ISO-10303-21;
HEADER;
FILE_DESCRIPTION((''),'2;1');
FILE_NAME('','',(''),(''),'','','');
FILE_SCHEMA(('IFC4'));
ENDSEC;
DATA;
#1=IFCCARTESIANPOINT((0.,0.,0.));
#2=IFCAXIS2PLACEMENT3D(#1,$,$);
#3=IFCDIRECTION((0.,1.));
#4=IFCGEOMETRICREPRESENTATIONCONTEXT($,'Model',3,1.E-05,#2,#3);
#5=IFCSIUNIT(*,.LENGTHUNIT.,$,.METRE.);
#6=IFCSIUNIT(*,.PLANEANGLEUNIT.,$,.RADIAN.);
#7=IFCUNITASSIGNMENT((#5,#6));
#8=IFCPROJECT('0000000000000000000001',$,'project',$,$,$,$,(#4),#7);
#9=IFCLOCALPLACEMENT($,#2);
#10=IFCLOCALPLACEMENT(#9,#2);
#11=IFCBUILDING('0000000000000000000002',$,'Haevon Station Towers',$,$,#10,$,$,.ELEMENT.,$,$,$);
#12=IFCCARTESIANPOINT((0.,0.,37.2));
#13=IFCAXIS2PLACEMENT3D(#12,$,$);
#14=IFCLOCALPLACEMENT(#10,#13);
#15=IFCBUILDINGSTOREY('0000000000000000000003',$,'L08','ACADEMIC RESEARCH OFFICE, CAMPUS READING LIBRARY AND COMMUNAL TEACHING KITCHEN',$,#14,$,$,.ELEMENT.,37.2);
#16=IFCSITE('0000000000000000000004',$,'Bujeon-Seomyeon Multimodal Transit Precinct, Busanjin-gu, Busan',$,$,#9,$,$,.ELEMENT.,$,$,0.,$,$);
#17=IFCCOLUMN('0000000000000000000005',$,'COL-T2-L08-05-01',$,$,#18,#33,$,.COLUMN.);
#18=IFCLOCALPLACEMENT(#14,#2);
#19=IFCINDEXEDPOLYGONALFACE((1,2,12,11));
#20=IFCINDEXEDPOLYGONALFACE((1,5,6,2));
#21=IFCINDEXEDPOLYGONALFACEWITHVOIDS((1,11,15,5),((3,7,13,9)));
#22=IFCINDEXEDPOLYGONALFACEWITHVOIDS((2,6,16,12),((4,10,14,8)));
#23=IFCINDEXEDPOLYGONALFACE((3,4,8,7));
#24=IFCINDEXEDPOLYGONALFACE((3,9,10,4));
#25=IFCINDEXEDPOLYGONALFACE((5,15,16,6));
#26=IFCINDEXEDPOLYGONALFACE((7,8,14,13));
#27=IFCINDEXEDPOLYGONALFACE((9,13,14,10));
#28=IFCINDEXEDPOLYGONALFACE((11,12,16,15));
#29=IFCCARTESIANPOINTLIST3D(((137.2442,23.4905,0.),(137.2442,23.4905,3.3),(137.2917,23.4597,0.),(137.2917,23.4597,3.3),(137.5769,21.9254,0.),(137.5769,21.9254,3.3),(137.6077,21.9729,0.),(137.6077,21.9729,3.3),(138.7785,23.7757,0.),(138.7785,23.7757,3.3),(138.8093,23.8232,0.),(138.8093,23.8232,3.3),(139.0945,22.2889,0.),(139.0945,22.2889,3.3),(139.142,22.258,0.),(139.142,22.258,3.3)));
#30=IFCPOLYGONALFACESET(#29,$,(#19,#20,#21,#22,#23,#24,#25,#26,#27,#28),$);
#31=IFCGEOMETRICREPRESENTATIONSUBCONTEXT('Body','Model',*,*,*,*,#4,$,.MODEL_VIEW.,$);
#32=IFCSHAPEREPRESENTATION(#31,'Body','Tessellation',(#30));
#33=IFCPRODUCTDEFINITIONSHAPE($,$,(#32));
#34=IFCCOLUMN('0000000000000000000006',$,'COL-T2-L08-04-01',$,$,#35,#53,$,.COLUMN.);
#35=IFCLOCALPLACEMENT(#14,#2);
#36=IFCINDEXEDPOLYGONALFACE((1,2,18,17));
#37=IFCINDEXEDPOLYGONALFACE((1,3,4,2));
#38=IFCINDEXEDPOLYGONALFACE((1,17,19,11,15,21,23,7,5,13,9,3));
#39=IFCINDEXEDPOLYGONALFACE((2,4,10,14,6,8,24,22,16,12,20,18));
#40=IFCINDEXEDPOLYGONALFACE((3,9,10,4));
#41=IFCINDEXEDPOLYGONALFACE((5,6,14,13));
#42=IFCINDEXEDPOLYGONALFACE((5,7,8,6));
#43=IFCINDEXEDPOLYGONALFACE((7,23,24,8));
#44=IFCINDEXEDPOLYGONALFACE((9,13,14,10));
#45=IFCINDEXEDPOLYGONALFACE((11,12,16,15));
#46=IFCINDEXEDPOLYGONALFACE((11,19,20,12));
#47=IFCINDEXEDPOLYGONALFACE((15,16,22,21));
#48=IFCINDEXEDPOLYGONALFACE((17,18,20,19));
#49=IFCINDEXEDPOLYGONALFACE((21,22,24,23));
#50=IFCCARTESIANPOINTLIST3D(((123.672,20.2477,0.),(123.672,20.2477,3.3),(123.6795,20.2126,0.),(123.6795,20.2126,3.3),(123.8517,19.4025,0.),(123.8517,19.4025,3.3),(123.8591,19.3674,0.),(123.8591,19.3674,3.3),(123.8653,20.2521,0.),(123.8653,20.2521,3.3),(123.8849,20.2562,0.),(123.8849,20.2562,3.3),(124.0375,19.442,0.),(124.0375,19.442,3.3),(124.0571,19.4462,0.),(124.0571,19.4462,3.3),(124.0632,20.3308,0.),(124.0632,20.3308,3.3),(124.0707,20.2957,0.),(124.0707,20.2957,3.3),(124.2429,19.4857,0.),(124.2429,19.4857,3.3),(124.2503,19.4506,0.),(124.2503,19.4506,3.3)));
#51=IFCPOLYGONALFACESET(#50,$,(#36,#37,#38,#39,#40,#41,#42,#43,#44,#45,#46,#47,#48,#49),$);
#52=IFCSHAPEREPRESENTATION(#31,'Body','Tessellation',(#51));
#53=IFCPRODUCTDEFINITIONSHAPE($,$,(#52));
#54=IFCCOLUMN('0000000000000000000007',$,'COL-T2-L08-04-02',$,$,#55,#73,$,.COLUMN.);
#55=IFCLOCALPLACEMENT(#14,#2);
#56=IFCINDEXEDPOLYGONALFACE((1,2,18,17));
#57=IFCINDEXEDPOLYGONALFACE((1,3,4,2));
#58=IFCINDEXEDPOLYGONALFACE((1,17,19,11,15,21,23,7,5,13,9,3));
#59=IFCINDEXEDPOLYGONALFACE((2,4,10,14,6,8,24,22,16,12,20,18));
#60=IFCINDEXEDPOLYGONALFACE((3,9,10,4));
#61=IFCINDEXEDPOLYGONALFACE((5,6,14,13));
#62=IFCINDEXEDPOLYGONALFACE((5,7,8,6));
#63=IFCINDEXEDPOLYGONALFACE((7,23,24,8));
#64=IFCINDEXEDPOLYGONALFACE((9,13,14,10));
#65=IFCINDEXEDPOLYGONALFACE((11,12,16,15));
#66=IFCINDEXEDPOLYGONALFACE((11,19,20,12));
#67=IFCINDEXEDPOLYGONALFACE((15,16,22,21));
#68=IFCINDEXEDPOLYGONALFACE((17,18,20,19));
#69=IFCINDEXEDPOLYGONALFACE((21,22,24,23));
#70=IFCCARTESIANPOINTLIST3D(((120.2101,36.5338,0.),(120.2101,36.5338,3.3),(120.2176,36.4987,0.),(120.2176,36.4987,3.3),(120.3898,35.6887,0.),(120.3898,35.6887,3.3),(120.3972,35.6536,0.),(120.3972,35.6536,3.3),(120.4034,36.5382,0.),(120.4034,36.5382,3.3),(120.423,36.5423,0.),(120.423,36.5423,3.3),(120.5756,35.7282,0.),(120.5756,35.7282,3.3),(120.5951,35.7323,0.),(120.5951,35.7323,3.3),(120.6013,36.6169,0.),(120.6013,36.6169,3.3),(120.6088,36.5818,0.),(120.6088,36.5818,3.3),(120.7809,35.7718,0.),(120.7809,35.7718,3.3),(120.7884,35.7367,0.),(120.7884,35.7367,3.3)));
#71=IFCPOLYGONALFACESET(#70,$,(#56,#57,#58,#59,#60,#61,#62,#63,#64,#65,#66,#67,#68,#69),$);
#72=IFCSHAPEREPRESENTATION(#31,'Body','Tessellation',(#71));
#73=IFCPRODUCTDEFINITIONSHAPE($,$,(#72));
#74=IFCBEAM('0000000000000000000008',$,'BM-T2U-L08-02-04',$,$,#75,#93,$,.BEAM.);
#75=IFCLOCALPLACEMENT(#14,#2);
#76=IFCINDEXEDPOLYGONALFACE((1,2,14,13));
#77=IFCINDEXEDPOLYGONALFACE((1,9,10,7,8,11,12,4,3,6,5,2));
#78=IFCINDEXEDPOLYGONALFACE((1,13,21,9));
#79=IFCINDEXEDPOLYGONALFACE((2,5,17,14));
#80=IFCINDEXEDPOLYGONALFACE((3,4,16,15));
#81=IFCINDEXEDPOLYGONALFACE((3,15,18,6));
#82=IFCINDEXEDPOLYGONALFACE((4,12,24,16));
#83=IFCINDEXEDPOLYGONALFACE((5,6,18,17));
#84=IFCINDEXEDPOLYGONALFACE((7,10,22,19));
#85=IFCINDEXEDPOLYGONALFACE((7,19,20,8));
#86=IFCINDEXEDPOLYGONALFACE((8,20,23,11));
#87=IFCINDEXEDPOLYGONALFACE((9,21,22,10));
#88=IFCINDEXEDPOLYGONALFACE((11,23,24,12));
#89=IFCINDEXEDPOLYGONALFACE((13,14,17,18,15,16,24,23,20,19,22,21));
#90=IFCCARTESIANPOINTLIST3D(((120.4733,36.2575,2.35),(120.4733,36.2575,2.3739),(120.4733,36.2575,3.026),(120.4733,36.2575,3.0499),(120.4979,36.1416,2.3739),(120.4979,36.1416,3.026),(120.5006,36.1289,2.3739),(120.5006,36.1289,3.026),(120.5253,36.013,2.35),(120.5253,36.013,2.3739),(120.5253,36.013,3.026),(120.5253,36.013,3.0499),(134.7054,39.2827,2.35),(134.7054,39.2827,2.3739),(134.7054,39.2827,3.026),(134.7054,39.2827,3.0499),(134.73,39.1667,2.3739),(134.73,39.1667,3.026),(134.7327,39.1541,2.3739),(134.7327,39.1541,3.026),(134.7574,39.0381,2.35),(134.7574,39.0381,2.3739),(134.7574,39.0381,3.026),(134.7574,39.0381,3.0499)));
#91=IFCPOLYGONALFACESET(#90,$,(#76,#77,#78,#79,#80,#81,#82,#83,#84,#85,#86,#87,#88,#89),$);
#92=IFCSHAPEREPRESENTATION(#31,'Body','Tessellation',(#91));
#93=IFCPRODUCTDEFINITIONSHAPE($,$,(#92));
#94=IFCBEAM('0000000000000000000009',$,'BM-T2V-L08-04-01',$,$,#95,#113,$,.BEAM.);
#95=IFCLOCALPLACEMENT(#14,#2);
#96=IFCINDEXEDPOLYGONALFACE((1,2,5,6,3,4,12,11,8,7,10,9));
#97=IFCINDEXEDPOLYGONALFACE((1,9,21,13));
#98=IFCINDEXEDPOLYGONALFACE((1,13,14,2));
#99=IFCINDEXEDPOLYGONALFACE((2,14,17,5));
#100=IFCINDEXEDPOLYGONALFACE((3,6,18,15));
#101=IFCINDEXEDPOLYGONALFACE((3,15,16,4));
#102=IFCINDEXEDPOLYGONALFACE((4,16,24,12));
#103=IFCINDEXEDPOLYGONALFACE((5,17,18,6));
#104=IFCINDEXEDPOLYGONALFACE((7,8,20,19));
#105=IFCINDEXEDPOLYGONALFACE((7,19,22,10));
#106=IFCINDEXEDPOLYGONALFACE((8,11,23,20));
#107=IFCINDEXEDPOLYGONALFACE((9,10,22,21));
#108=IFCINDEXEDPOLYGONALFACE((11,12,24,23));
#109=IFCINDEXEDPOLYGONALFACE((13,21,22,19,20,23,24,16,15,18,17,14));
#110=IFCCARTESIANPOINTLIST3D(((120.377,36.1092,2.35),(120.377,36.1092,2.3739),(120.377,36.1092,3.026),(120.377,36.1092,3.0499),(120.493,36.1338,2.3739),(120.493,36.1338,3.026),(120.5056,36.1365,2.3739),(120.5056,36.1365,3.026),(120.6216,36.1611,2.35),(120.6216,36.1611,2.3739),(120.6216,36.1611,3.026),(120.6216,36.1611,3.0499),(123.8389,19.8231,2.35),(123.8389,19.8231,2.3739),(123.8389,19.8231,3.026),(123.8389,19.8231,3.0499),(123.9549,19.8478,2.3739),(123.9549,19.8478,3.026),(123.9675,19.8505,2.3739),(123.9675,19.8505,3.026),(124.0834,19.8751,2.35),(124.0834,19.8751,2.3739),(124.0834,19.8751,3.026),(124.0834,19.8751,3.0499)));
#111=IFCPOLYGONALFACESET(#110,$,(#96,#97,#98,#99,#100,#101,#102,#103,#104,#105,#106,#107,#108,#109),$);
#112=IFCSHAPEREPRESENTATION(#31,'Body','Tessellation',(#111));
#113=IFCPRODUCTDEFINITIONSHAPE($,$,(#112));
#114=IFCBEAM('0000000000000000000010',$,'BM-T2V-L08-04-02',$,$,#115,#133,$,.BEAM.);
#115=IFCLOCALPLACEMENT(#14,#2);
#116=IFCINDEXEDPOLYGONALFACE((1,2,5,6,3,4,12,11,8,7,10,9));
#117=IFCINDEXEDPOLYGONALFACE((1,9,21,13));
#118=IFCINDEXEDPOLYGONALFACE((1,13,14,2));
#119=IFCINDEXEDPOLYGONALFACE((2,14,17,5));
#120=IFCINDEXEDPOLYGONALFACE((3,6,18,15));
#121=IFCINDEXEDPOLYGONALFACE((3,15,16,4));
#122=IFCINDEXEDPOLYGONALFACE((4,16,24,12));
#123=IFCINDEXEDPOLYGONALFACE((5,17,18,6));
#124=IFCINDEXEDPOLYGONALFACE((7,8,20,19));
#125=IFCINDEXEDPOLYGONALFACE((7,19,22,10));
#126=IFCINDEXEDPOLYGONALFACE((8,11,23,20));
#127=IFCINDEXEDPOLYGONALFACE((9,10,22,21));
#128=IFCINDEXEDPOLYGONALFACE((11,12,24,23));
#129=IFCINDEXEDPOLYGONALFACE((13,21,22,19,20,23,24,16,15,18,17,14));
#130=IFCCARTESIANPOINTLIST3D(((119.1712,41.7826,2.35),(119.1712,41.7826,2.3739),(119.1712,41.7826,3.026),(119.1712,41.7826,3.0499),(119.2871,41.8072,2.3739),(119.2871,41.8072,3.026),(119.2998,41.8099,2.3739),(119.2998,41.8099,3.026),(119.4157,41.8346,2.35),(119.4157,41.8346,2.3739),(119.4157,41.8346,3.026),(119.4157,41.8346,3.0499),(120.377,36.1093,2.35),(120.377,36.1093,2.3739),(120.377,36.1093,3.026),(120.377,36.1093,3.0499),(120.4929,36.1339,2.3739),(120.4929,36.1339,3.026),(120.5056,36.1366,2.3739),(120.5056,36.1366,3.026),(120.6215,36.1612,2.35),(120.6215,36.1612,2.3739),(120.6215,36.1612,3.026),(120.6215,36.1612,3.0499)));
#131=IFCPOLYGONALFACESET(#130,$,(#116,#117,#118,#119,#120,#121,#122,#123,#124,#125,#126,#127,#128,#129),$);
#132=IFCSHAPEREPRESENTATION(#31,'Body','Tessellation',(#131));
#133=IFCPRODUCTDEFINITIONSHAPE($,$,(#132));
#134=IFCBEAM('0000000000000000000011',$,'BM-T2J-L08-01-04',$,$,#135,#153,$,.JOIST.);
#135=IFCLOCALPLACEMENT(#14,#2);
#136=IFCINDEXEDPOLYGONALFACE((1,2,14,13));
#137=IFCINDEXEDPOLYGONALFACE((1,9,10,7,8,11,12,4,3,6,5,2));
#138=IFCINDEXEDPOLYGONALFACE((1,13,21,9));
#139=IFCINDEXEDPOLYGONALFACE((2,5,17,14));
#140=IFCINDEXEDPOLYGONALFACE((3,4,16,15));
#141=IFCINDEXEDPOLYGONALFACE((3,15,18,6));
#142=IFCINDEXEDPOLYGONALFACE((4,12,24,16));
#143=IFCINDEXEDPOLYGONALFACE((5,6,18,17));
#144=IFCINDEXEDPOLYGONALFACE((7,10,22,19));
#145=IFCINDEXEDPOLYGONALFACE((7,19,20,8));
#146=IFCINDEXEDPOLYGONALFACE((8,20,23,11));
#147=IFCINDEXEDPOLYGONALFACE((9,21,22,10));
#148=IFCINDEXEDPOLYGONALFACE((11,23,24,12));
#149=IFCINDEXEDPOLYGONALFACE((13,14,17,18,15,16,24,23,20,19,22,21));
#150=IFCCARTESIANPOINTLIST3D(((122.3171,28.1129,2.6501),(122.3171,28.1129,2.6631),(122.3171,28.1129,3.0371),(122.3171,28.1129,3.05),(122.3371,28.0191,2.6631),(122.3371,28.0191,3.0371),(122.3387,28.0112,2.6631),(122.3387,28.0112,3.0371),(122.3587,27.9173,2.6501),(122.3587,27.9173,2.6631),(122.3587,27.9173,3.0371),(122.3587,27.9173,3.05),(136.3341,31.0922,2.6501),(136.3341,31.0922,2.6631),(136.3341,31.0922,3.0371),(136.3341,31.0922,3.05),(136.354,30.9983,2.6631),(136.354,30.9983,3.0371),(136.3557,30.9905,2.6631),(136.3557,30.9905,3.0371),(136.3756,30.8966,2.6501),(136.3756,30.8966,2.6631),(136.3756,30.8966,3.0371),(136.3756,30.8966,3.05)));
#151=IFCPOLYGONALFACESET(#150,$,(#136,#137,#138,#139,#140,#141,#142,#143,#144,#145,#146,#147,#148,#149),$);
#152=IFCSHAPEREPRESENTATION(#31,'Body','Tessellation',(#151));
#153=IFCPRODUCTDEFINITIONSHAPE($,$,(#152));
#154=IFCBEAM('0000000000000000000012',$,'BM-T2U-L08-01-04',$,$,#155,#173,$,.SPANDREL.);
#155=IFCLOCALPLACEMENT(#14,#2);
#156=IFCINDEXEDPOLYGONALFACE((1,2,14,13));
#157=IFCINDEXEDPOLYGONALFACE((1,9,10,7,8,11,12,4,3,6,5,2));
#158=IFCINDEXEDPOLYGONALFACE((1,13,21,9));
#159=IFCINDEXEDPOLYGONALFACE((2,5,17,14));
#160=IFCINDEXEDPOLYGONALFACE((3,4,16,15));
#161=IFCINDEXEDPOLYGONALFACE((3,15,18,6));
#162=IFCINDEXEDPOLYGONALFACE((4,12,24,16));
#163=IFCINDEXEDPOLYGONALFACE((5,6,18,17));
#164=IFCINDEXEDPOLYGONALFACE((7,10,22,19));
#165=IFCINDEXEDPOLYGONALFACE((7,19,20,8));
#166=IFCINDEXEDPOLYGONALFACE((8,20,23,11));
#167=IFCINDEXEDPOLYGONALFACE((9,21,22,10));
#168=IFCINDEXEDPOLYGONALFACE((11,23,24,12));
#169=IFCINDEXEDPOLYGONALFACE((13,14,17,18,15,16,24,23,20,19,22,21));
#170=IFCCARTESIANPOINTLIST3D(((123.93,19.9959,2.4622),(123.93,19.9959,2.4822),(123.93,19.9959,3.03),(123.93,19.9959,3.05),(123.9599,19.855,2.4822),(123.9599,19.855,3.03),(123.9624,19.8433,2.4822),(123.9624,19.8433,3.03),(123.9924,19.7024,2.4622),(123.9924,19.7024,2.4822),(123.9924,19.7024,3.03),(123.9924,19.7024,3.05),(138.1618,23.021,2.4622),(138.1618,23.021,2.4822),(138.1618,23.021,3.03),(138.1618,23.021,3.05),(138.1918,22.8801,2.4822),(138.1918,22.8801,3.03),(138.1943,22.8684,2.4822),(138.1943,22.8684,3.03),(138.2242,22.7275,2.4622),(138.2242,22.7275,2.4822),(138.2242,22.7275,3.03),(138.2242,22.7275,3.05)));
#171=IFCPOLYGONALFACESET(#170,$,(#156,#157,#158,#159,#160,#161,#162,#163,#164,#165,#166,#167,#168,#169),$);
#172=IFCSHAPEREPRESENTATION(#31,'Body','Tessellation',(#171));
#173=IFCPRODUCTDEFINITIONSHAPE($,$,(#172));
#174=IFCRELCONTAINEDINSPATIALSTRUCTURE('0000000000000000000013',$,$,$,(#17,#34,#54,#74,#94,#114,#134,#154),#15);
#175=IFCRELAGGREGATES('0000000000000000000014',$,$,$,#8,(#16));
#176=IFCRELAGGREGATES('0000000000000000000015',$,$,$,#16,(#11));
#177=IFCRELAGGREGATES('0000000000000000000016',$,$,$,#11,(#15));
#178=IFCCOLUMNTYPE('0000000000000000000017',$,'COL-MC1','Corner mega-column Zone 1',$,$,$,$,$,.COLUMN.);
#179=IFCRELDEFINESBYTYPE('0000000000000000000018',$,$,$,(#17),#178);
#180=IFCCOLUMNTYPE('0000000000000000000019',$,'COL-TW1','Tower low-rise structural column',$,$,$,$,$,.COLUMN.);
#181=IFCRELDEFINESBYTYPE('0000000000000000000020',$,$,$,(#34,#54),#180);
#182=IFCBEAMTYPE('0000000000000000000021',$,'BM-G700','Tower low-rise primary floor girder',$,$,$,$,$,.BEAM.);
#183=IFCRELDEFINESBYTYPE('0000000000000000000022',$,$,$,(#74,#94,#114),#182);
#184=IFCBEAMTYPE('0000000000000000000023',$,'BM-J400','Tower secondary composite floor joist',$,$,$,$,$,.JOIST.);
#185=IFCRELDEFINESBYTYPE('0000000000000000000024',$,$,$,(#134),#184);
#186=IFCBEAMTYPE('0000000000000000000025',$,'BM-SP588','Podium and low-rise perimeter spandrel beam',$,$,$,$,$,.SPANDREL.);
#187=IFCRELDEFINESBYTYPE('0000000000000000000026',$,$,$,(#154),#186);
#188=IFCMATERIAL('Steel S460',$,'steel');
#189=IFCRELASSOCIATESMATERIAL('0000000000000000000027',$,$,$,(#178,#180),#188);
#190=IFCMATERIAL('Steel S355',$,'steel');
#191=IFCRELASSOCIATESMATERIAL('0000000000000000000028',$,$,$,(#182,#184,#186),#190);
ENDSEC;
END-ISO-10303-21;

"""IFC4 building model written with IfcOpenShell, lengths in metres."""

from ifc_helpers import new_model, si_unit, direction, frame, origin, origin_2d, place, context, subcontext, project, spatial, hollow_rectangle, i_section, extrude, material, material_profile, profile_set, type_object, element, save


model = new_model("IFC4")

# Units and contexts
model_context = context("Model", 3, precision=1e-05, world=origin(), true_north=direction((0.0, 1.0)))
body_context = subcontext(model_context, "Body", "Model", "MODEL_VIEW")
ifc_project = project(units=[si_unit("LENGTHUNIT", "METRE"), si_unit("PLANEANGLEUNIT", "RADIAN")], contexts=[model_context])

# Site, building, storey
site_placement = place(None, origin())
site = spatial("IfcSite", under=ifc_project, at=site_placement, Name="Bujeon-Seomyeon Multimodal Transit Precinct, Busanjin-gu, Busan", CompositionType="ELEMENT", RefElevation=0.0)
building_placement = place(site_placement, origin())
building = spatial("IfcBuilding", under=site, at=building_placement, Name="Haevon Station Towers", CompositionType="ELEMENT")
storey_placement = place(building_placement, frame((0.0, 0.0, 37.2)))
storey = spatial("IfcBuildingStorey", under=building, at=storey_placement, Name="L08", Description="ACADEMIC RESEARCH OFFICE, CAMPUS READING LIBRARY AND COMMUNAL TEACHING KITCHEN", CompositionType="ELEMENT", Elevation=37.2)

# Columns
ifc_material_1 = material(Name="Steel S460", Category="steel")
ifc_material_profile_1 = material_profile(ifc_material_1, hollow_rectangle(XDim=1.6001, YDim=1.6001, WallThickness=0.04, at=origin_2d()), Name="BOX-1600x1600x40")
ifc_profile_set_1 = profile_set([ifc_material_profile_1], Name="Steel S460")
column_type_1 = type_object("IfcColumnType", Name="COL-MC1", Description="Corner mega-column Zone 1", PredefinedType="COLUMN", material=ifc_profile_set_1)
column_placement = place(storey_placement, frame((138.1931, 22.8743, 0.0), z_axis=(0.0, 0.0, 1.0), x_axis=(0.978148, 0.207912, 0.0)))
element("IfcColumn", 1, at=column_placement, inside=storey, type_object=column_type_1, Name="COL-T2-L08-05-01", PredefinedType="COLUMN", context=body_context, shape_type="SweptSolid", body=[
    extrude(hollow_rectangle(XDim=1.6001, YDim=1.6001, WallThickness=0.04, at=origin_2d()), origin(), (0.0, 0.0, 1.0), 3.3),
])
ifc_material_profile_2 = material_profile(ifc_material_1, i_section(OverallWidth=0.3999, OverallDepth=0.8999, WebThickness=0.02, FlangeThickness=0.0359, at=origin_2d()), Name="H-900x400x20x36")
ifc_profile_set_2 = profile_set([ifc_material_profile_2], Name="Steel S460")
column_type_2 = type_object("IfcColumnType", Name="COL-TW1", Description="Tower low-rise structural column", PredefinedType="COLUMN", material=ifc_profile_set_2)
for number, where, z_axis, x_axis, name in (
    (2, (123.9612, 19.8491, 0.0), (0.0, 0.0, 1.0), (0.978148, 0.207912, 0.0), "COL-T2-L08-04-01"),
    (3, (120.4993, 36.1353, 0.0), (0.0, 0.0, 1.0), (0.978148, 0.207912, 0.0), "COL-T2-L08-04-02"),
):
    element("IfcColumn", number, at=place(storey_placement, frame(where, z_axis=z_axis, x_axis=x_axis)), inside=storey, type_object=column_type_2, Name=name, PredefinedType="COLUMN", context=body_context, shape_type="SweptSolid", body=[
        extrude(i_section(OverallWidth=0.3999, OverallDepth=0.8999, WebThickness=0.02, FlangeThickness=0.0359, at=origin_2d()), origin(), (0.0, 0.0, 1.0), 3.3),
    ])

# Beams
ifc_material_2 = material(Name="Steel S355", Category="steel")
ifc_material_profile_3 = material_profile(ifc_material_2, i_section(OverallWidth=0.25, OverallDepth=0.7, WebThickness=0.0129, FlangeThickness=0.0239, at=origin_2d()), Name="H-700x250x13x24")
ifc_profile_set_3 = profile_set([ifc_material_profile_3], Name="Steel S355")
beam_type_1 = type_object("IfcBeamType", Name="BM-G700", Description="Tower low-rise primary floor girder", PredefinedType="BEAM", material=ifc_profile_set_3)
beam_1_placement = place(storey_placement, frame((120.4993, 36.1353, 2.7), z_axis=(0.978148, 0.207912, 0.0), x_axis=(-0.207912, 0.978148, 0.0)))
element("IfcBeam", 4, at=beam_1_placement, inside=storey, type_object=beam_type_1, Name="BM-T2U-L08-02-04", PredefinedType="BEAM", context=body_context, shape_type="SweptSolid", body=[
    extrude(i_section(OverallWidth=0.25, OverallDepth=0.7, WebThickness=0.0129, FlangeThickness=0.0239, at=origin_2d()), origin(), (0.0, 0.0, 1.0), 14.55),
])
beam_2_placement = place(storey_placement, frame((123.9612, 19.8491, 2.7), z_axis=(-0.207923, 0.978145, 0.0), x_axis=(-0.978145, -0.207923, 0.0)))
element("IfcBeam", 5, at=beam_2_placement, inside=storey, type_object=beam_type_1, Name="BM-T2V-L08-04-01", PredefinedType="BEAM", context=body_context, shape_type="SweptSolid", body=[
    extrude(i_section(OverallWidth=0.25, OverallDepth=0.7, WebThickness=0.0129, FlangeThickness=0.0239, at=origin_2d()), origin(), (0.0, 0.0, 1.0), 16.6499),
])
beam_3_placement = place(storey_placement, frame((120.4993, 36.1353, 2.7), z_axis=(-0.207896, 0.978151, 0.0), x_axis=(-0.978151, -0.207896, 0.0)))
element("IfcBeam", 6, at=beam_3_placement, inside=storey, type_object=beam_type_1, Name="BM-T2V-L08-04-02", PredefinedType="BEAM", context=body_context, shape_type="SweptSolid", body=[
    extrude(i_section(OverallWidth=0.25, OverallDepth=0.7, WebThickness=0.0129, FlangeThickness=0.0239, at=origin_2d()), origin(), (0.0, 0.0, 1.0), 5.8),
])
ifc_material_profile_4 = material_profile(ifc_material_2, i_section(OverallWidth=0.2, OverallDepth=0.3999, WebThickness=0.0081, FlangeThickness=0.0129, at=origin_2d()), Name="H-400x200x8x13")
ifc_profile_set_4 = profile_set([ifc_material_profile_4], Name="Steel S355")
beam_type_2 = type_object("IfcBeamType", Name="BM-J400", Description="Tower secondary composite floor joist", PredefinedType="JOIST", material=ifc_profile_set_4)
beam_4_placement = place(storey_placement, frame((122.3379, 28.0151, 2.8501), z_axis=(0.978149, 0.207903, 0.0), x_axis=(-0.207903, 0.978149, 0.0)))
element("IfcBeam", 7, at=beam_4_placement, inside=storey, type_object=beam_type_2, Name="BM-T2J-L08-01-04", PredefinedType="JOIST", context=body_context, shape_type="SweptSolid", body=[
    extrude(i_section(OverallWidth=0.2, OverallDepth=0.3999, WebThickness=0.0081, FlangeThickness=0.0129, at=origin_2d()), origin(), (0.0, 0.0, 1.0), 14.3301),
])
ifc_material_profile_5 = material_profile(ifc_material_2, i_section(OverallWidth=0.3, OverallDepth=0.5879, WebThickness=0.012, FlangeThickness=0.02, at=origin_2d()), Name="H-588x300x12x20")
ifc_profile_set_5 = profile_set([ifc_material_profile_5], Name="Steel S355")
beam_type_3 = type_object("IfcBeamType", Name="BM-SP588", Description="Podium and low-rise perimeter spandrel beam", PredefinedType="SPANDREL", material=ifc_profile_set_5)
beam_5_placement = place(storey_placement, frame((123.9612, 19.8491, 2.7561), z_axis=(0.978147, 0.207915, 0.0), x_axis=(-0.207915, 0.978147, 0.0)))
element("IfcBeam", 8, at=beam_5_placement, inside=storey, type_object=beam_type_3, Name="BM-T2U-L08-01-04", PredefinedType="SPANDREL", context=body_context, shape_type="SweptSolid", body=[
    extrude(i_section(OverallWidth=0.3, OverallDepth=0.5879, WebThickness=0.012, FlangeThickness=0.02, at=origin_2d()), origin(), (0.0, 0.0, 1.0), 14.5498),
])

save(model, "model.ifc")
